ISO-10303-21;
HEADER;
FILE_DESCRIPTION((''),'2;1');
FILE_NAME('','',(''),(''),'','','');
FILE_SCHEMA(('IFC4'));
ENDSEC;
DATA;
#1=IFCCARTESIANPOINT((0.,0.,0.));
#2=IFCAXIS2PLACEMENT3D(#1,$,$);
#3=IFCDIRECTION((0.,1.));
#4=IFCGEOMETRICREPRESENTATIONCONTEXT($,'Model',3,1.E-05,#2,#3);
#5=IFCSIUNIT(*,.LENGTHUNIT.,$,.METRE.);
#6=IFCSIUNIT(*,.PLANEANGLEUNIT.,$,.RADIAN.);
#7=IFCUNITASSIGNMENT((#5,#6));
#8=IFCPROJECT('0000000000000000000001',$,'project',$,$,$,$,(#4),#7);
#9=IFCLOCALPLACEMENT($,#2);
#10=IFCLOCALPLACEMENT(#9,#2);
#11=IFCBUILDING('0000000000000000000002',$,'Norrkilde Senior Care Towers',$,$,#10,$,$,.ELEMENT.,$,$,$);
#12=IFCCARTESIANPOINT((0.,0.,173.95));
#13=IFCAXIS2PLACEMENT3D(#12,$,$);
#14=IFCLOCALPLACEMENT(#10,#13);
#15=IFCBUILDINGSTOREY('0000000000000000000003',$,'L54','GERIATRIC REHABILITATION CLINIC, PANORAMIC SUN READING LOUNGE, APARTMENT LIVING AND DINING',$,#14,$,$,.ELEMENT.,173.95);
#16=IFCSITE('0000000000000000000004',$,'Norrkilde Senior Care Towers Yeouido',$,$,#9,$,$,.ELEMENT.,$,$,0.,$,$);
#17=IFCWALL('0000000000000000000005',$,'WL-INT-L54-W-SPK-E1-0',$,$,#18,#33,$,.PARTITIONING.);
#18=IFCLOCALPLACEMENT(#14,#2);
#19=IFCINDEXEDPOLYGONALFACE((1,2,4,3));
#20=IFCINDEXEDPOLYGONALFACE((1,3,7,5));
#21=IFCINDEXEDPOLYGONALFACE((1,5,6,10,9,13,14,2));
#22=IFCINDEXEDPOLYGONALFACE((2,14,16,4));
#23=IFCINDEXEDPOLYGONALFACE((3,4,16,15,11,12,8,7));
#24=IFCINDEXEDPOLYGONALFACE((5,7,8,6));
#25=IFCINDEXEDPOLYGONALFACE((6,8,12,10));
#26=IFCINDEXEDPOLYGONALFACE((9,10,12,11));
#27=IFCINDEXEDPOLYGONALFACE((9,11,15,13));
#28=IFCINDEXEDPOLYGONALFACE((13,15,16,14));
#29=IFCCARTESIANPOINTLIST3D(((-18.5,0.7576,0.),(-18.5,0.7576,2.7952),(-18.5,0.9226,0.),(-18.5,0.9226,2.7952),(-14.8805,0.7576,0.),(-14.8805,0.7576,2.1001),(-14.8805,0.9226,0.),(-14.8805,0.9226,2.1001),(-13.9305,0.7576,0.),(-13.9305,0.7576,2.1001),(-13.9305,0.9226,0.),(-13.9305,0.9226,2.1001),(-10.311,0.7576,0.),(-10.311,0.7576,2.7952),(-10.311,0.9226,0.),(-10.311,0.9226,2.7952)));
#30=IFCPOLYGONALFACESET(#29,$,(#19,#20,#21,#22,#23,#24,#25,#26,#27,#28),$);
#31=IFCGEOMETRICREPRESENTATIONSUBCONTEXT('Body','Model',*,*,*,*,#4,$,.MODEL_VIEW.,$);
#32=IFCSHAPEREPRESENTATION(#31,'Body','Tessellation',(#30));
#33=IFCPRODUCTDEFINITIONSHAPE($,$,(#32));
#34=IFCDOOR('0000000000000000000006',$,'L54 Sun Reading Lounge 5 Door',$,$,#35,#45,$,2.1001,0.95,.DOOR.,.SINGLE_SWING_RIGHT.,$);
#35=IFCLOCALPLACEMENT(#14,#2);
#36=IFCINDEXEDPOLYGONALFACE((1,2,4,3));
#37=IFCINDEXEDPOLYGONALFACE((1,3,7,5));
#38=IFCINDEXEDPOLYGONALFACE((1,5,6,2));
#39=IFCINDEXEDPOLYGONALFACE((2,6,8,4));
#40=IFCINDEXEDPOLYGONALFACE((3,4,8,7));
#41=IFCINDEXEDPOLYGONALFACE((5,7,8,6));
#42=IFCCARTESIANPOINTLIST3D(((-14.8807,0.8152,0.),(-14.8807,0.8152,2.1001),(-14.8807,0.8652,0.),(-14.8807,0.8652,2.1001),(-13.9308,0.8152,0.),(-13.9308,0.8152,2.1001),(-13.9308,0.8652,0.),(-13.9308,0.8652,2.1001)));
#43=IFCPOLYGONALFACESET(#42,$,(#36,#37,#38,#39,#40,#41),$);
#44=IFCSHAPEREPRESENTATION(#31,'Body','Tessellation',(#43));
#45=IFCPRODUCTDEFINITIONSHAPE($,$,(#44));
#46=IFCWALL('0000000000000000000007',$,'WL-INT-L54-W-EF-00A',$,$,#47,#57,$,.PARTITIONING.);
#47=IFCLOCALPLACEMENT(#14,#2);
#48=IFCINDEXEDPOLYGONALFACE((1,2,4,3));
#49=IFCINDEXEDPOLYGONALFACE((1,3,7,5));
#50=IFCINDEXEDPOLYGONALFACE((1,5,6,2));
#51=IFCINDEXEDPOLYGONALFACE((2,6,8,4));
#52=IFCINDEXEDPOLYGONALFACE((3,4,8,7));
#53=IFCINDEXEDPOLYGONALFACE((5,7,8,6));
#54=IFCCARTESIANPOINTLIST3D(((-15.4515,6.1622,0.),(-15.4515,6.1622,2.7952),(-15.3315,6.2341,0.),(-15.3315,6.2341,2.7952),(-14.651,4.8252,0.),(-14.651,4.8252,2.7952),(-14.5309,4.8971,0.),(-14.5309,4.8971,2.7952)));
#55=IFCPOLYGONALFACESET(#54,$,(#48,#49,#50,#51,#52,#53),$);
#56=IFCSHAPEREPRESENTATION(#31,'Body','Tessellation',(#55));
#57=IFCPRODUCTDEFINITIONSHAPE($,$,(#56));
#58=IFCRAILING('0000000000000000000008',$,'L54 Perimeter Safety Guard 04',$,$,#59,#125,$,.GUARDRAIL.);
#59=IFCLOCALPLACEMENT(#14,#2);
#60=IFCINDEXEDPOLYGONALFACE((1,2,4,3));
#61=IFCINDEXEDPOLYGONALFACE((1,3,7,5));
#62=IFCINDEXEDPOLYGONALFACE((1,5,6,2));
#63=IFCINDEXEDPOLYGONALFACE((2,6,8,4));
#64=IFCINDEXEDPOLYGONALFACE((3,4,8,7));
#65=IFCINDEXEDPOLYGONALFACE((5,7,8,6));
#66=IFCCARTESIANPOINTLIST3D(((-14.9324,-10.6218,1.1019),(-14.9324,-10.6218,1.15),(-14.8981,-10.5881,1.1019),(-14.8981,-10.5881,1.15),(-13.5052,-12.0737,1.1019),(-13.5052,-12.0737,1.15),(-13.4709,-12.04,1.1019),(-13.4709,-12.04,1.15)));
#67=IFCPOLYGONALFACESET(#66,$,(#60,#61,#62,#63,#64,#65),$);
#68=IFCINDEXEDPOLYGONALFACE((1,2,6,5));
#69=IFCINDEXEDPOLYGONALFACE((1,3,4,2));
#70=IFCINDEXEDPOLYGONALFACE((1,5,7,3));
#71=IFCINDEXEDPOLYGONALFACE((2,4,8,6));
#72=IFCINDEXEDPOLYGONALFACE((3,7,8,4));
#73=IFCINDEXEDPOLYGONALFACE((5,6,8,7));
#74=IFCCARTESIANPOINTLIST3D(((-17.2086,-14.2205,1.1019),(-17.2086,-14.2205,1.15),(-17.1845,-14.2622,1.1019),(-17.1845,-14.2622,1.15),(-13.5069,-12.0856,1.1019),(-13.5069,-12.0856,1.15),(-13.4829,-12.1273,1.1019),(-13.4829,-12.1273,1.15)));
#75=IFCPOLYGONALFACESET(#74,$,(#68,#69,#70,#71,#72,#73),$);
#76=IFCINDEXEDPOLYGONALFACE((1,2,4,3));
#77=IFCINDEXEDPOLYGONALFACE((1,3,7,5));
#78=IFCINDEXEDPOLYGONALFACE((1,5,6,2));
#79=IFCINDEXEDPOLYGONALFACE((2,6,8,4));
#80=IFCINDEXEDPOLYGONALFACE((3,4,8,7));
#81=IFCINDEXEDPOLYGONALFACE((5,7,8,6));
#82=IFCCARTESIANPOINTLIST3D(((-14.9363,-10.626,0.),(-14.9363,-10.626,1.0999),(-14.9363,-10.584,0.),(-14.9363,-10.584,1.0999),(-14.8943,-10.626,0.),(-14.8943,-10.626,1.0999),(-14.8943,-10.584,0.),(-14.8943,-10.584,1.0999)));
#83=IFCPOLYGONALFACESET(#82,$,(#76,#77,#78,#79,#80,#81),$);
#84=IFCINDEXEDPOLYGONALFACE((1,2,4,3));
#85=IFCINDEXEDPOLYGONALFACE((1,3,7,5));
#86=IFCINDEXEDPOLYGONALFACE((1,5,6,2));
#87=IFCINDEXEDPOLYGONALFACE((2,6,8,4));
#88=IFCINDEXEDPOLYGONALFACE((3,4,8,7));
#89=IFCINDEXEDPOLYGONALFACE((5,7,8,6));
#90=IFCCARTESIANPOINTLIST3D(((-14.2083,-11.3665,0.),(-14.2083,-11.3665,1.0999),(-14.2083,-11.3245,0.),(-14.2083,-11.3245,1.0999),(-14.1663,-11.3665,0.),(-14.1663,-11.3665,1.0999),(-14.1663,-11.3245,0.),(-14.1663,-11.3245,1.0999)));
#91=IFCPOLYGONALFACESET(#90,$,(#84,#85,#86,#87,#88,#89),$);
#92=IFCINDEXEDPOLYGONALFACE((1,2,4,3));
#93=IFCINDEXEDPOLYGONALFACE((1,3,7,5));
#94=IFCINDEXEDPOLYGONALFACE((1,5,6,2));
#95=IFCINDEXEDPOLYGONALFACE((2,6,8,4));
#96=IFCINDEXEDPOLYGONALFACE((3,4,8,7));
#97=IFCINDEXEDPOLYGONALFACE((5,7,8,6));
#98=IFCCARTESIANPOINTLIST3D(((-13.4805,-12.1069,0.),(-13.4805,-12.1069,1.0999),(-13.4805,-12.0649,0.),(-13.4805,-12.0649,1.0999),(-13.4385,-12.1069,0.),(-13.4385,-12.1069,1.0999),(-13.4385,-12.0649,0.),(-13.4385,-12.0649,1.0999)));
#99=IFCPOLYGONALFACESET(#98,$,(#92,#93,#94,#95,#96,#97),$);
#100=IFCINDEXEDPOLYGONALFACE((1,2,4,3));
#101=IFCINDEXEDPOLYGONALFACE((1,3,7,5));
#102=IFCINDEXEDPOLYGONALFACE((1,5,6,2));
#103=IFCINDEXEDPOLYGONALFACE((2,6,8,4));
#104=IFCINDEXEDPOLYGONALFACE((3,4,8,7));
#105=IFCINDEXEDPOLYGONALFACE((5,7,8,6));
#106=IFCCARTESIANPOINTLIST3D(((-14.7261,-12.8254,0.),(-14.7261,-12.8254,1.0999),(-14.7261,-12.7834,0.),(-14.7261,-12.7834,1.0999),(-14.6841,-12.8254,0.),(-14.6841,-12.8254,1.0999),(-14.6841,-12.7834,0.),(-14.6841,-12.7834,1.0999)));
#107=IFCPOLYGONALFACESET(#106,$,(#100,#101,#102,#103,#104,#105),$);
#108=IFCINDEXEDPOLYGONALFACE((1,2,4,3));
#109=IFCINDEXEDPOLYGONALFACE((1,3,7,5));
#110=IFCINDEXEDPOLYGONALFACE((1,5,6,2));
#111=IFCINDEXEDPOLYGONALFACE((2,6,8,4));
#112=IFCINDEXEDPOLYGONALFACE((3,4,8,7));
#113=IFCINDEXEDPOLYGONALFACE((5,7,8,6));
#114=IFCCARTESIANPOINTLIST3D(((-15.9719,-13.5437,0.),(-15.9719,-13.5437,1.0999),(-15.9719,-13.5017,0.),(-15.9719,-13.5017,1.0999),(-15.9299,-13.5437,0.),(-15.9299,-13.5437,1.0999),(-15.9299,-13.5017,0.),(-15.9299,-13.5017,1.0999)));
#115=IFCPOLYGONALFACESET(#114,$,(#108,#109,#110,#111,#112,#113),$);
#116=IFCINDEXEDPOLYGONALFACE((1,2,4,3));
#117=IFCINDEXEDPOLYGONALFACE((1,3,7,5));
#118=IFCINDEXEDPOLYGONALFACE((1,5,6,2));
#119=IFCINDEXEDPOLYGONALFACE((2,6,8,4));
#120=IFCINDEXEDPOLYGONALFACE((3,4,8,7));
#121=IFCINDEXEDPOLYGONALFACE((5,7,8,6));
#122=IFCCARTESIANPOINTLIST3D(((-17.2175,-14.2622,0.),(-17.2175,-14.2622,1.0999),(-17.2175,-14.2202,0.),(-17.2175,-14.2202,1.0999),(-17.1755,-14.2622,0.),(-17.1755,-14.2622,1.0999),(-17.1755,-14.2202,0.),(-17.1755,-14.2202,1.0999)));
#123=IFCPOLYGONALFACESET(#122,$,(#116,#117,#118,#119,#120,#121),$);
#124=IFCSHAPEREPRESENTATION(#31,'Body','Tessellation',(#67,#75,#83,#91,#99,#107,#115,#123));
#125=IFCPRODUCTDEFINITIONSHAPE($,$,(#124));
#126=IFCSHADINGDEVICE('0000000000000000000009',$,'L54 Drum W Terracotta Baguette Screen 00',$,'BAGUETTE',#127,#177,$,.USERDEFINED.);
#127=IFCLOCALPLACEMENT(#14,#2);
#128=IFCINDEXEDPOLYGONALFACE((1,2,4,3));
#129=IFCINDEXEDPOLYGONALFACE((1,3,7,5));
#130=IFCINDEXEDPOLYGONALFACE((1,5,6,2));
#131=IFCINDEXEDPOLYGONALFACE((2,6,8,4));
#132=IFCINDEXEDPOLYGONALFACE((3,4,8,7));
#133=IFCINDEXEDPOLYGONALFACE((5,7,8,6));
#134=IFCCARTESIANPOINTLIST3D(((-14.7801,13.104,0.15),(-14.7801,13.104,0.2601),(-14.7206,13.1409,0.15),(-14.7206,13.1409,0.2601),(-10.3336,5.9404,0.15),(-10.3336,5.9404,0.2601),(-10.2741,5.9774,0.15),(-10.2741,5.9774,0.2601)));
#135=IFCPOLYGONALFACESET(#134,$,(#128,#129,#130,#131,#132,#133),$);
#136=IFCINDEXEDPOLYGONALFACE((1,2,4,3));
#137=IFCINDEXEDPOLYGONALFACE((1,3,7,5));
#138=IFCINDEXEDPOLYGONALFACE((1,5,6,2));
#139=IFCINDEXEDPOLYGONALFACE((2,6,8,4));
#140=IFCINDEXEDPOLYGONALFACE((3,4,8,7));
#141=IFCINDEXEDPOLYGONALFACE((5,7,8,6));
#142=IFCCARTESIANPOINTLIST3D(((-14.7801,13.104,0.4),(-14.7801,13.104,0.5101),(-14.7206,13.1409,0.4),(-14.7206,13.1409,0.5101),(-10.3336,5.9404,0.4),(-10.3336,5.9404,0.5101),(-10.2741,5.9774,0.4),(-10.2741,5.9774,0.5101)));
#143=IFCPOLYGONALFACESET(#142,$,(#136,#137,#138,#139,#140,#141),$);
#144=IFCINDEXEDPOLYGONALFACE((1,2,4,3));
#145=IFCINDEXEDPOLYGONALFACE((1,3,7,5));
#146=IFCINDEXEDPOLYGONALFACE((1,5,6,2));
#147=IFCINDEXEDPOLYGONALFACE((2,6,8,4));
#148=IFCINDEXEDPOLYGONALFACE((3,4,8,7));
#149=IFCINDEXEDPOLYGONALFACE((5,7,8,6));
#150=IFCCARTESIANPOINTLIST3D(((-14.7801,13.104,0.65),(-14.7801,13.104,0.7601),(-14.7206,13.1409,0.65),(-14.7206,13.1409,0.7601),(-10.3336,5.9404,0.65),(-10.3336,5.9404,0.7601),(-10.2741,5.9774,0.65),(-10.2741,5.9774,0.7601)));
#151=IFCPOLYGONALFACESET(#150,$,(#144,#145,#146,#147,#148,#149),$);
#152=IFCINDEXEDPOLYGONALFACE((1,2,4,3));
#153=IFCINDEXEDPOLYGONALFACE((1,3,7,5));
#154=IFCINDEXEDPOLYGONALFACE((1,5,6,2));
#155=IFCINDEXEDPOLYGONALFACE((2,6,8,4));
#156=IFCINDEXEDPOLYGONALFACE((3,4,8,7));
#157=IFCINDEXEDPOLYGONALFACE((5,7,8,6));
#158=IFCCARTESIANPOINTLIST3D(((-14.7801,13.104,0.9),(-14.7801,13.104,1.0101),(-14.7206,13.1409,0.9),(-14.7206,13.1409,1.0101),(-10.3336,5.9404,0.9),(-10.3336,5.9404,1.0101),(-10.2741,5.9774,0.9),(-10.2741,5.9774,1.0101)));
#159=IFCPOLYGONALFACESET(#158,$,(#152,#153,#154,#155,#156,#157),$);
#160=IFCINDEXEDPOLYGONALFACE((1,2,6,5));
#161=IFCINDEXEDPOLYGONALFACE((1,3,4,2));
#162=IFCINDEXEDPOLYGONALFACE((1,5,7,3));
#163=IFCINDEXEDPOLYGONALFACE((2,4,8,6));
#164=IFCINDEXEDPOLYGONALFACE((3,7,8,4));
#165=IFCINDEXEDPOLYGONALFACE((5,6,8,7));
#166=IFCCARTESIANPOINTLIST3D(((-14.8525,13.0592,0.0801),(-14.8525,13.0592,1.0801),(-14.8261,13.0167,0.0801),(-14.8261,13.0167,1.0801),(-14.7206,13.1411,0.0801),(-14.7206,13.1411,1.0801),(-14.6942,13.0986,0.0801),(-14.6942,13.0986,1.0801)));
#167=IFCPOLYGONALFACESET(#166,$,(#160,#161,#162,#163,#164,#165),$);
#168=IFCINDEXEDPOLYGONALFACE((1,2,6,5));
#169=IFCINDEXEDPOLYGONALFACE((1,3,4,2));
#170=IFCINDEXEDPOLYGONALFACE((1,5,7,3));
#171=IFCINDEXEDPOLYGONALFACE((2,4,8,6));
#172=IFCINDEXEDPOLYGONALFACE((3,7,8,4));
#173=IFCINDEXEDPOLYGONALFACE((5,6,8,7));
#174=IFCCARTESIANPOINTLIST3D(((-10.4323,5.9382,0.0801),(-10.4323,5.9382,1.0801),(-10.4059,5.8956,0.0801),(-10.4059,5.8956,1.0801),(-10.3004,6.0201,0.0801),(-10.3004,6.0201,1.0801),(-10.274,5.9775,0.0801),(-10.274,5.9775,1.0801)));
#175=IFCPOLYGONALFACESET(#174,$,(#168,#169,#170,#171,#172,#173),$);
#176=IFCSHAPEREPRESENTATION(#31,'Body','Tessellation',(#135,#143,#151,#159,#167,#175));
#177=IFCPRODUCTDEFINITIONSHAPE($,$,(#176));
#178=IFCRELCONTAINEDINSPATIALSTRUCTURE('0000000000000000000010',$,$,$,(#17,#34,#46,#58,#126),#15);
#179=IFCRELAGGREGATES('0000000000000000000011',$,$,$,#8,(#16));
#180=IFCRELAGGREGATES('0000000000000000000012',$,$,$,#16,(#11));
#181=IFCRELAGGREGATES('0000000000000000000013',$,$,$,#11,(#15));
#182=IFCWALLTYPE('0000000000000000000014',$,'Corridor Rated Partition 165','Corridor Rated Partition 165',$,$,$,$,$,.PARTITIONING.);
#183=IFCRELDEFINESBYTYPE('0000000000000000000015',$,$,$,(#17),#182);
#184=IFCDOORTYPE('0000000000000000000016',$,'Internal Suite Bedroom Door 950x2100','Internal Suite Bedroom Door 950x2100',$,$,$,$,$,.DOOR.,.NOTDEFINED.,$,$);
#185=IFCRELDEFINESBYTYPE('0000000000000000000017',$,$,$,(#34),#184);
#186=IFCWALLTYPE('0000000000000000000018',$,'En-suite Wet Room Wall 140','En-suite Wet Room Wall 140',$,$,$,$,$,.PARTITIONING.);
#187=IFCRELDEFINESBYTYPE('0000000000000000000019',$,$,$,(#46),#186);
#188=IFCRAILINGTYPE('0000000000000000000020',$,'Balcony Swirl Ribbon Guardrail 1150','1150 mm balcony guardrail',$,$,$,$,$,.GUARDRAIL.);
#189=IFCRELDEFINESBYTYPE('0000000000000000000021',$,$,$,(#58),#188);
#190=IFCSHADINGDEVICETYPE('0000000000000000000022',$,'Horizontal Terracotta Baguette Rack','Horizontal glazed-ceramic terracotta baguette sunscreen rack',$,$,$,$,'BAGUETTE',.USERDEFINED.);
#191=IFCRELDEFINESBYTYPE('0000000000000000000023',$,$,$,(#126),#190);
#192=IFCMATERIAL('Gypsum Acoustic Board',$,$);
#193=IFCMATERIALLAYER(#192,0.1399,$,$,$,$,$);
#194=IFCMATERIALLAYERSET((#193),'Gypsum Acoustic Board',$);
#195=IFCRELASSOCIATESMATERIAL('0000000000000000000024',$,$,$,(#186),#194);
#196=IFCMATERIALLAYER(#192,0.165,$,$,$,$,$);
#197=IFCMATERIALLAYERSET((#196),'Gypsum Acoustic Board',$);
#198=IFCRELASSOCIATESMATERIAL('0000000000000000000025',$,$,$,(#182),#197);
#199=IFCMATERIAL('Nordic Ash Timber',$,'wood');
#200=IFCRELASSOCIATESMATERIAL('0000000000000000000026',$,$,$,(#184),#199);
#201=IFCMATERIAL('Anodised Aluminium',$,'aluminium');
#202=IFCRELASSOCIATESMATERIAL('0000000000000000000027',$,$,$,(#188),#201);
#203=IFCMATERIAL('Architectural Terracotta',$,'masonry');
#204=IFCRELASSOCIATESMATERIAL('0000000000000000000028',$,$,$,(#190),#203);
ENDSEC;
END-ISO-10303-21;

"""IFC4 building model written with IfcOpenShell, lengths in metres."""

from ifc_helpers import new_model, si_unit, direction, frame, frame_2d, origin, origin_2d, place, context, subcontext, project, spatial, rectangle, extrude, source, transform, mapped, material, layer, layer_set, type_object, type_shapes, element, fill, save


model = new_model("IFC4")

# Units and contexts
model_context = context("Model", 3, precision=1e-05, world=origin(), true_north=direction((0.0, 1.0)))
body_context = subcontext(model_context, "Body", "Model", "MODEL_VIEW")
ifc_project = project(units=[si_unit("LENGTHUNIT", "METRE"), si_unit("PLANEANGLEUNIT", "RADIAN")], contexts=[model_context])

# Site, building, storey
site_placement = place(None, origin())
site = spatial("IfcSite", under=ifc_project, at=site_placement, Name="Norrkilde Senior Care Towers Yeouido", CompositionType="ELEMENT", RefElevation=0.0)
building_placement = place(site_placement, origin())
building = spatial("IfcBuilding", under=site, at=building_placement, Name="Norrkilde Senior Care Towers", CompositionType="ELEMENT")
storey_placement = place(building_placement, frame((0.0, 0.0, 173.95)))
storey = spatial("IfcBuildingStorey", under=building, at=storey_placement, Name="L54", Description="GERIATRIC REHABILITATION CLINIC, PANORAMIC SUN READING LOUNGE, APARTMENT LIVING AND DINING", CompositionType="ELEMENT", Elevation=173.95)

# Shared definitions
ifc_material_1 = material(Name="Anodised Aluminium", Category="aluminium")

# Shared definitions
ifc_material_2 = material(Name="Gypsum Acoustic Board")

# Shared definitions
ifc_layer_1 = layer(ifc_material_2, 0.1399)
ifc_layer_set_1 = layer_set([ifc_layer_1], Name="Gypsum Acoustic Board")
wall_type_1 = type_object("IfcWallType", Name="En-suite Wet Room Wall 140", Description="En-suite Wet Room Wall 140", PredefinedType="PARTITIONING", material=ifc_layer_set_1)
ifc_material_3 = material(Name="Nordic Ash Timber", Category="wood")

# Shared definitions
ifc_layer_2 = layer(ifc_material_2, 0.165)
ifc_layer_set_2 = layer_set([ifc_layer_2], Name="Gypsum Acoustic Board")
wall_type_2 = type_object("IfcWallType", Name="Corridor Rated Partition 165", Description="Corridor Rated Partition 165", PredefinedType="PARTITIONING", material=ifc_layer_set_2)

# Wall, opening, door
shared_shape_1 = source(origin(), body_context, "Body", "SweptSolid", [
    extrude(rectangle(XDim=8.189, YDim=0.165, at=frame_2d((4.0945, 0.0))), origin(), (0.0, 0.0, 1.0), 2.7952),
])
wall_1_placement = place(storey_placement, frame((-18.5, 0.8401, 0.0), z_axis=(0.0, 0.0, 1.0), x_axis=(1.0, 0.0, 0.0)))
wall_1 = element("IfcWall", 1, at=wall_1_placement, inside=storey, type_object=wall_type_2, Name="WL-INT-L54-W-SPK-E1-0", PredefinedType="PARTITIONING", context=body_context, shape_type="MappedRepresentation", body=[
    mapped(shared_shape_1, transform((0.0, 0.0, 0.0), x_axis=(1.0, 0.0, 0.0), y_axis=(0.0, 1.0, 0.0), z_axis=(0.0, 0.0, 1.0), scale=1.0)),
])
opening_1_placement = place(wall_1_placement, frame((3.6194, 0.0, 0.0)))
opening_1 = element("IfcOpeningElement", 2, at=opening_1_placement, cuts=wall_1, PredefinedType="OPENING", context=body_context, shape_type="SweptSolid", body=[
    extrude(rectangle(XDim=0.95, YDim=2.1001, at=frame_2d((0.4751, 1.05))), frame((0.0, 0.0925, 0.0), z_axis=(0.0, -1.0, 0.0), x_axis=(1.0, 0.0, 0.0)), (0.0, 0.0, 1.0), 0.1851),
])
door_type_1 = type_object("IfcDoorType", Name="Internal Suite Bedroom Door 950x2100", Description="Internal Suite Bedroom Door 950x2100", OperationType="NOTDEFINED", PredefinedType="DOOR", material=ifc_material_3)
shared_shape_2 = source(origin(), body_context, "Body", "SweptSolid", [
    extrude(rectangle(XDim=0.95, YDim=2.1001, at=frame_2d((0.4751, 1.05))), frame((0.0, 0.0249, 0.0), z_axis=(0.0, -1.0, 0.0), x_axis=(1.0, 0.0, 0.0)), (0.0, 0.0, 1.0), 0.05),
])
type_shapes(door_type_1, [shared_shape_2])
door_1_placement = place(opening_1_placement, frame((0.95, 0.0, 0.0), z_axis=(0.0, 0.0, 1.0), x_axis=(-1.0, 0.0, 0.0)))
door_1 = element("IfcDoor", 3, at=door_1_placement, inside=storey, type_object=door_type_1, Name="L54 Sun Reading Lounge 5 Door", OperationType="SINGLE_SWING_RIGHT", OverallHeight=2.1001, OverallWidth=0.95, PredefinedType="DOOR", context=body_context, shape_type="MappedRepresentation", body=[
    mapped(shared_shape_2, transform((0.0, 0.0, 0.0), x_axis=(1.0, 0.0, 0.0), y_axis=(0.0, 1.0, 0.0), z_axis=(0.0, 0.0, 1.0), scale=1.0)),
])
fill(opening_1, door_1)

# Wall
shared_shape_3 = source(origin(), body_context, "Body", "SweptSolid", [
    extrude(rectangle(XDim=1.5583, YDim=0.1399, at=frame_2d((0.7793, 0.0))), origin(), (0.0, 0.0, 1.0), 2.7952),
])
wall_2_placement = place(storey_placement, frame((-15.3916, 6.1982, 0.0), z_axis=(0.0, 0.0, 1.0), x_axis=(0.513735, -0.857949, 0.0)))
element("IfcWall", 4, at=wall_2_placement, inside=storey, type_object=wall_type_1, Name="WL-INT-L54-W-EF-00A", PredefinedType="PARTITIONING", context=body_context, shape_type="MappedRepresentation", body=[
    mapped(shared_shape_3, transform((0.0, 0.0, 0.0), x_axis=(1.0, 0.0, 0.0), y_axis=(0.0, 1.0, 0.0), z_axis=(0.0, 0.0, 1.0), scale=1.0)),
])

# Railing
railing_type = type_object("IfcRailingType", Name="Balcony Swirl Ribbon Guardrail 1150", Description="1150 mm balcony guardrail", PredefinedType="GUARDRAIL", material=ifc_material_1)
railing_1_placement = place(storey_placement, frame((-14.9153, -10.605, 0.0)))
element("IfcRailing", 5, at=railing_1_placement, inside=storey, type_object=railing_type, Name="L54 Perimeter Safety Guard 04", PredefinedType="GUARDRAIL", context=body_context, shape_type="SweptSolid", body=[
    extrude(rectangle(XDim=0.0481, YDim=0.0481, at=origin_2d()), frame((0.0, 0.0, 1.126), z_axis=(0.701026, -0.713135, 0.0), x_axis=(0.713135, 0.701026, 0.0)), (0.0, 0.0, 1.0), 2.0359),
    extrude(rectangle(XDim=0.0481, YDim=0.0481, at=origin_2d()), frame((1.4204, -1.5015, 1.126), z_axis=(-0.866258, -0.499597, 0.0), x_axis=(0.499597, -0.866258, 0.0)), (0.0, 0.0, 1.0), 4.2732),
    extrude(rectangle(XDim=0.042, YDim=0.042, at=origin_2d()), origin(), (0.0, 0.0, 1.0), 1.0999),
    extrude(rectangle(XDim=0.042, YDim=0.042, at=origin_2d()), frame((0.728, -0.7405, 0.0)), (0.0, 0.0, 1.0), 1.0999),
    extrude(rectangle(XDim=0.042, YDim=0.042, at=origin_2d()), frame((1.4558, -1.481, 0.0)), (0.0, 0.0, 1.0), 1.0999),
    extrude(rectangle(XDim=0.042, YDim=0.042, at=origin_2d()), frame((0.2102, -2.1995, 0.0)), (0.0, 0.0, 1.0), 1.0999),
    extrude(rectangle(XDim=0.042, YDim=0.042, at=origin_2d()), frame((-1.0356, -2.9177, 0.0)), (0.0, 0.0, 1.0), 1.0999),
    extrude(rectangle(XDim=0.042, YDim=0.042, at=origin_2d()), frame((-2.2812, -3.6362, 0.0)), (0.0, 0.0, 1.0), 1.0999),
])

# Shading device
ifc_material_4 = material(Name="Architectural Terracotta", Category="masonry")
shading_device_type = type_object("IfcShadingDeviceType", Name="Horizontal Terracotta Baguette Rack", Description="Horizontal glazed-ceramic terracotta baguette sunscreen rack", ElementType="BAGUETTE", PredefinedType="USERDEFINED", material=ifc_material_4)
shared_shape_4 = source(origin(), body_context, "Body", "SweptSolid", [
    extrude(rectangle(XDim=0.0701, YDim=0.1101, at=origin_2d()), frame((0.0, 0.0901, 0.125), z_axis=(1.0, 0.0, 0.0), x_axis=(0.0, 1.0, 0.0)), (0.0, 0.0, 1.0), 8.4314),
    extrude(rectangle(XDim=0.0701, YDim=0.1101, at=origin_2d()), frame((0.0, 0.0901, 0.375), z_axis=(1.0, 0.0, 0.0), x_axis=(0.0, 1.0, 0.0)), (0.0, 0.0, 1.0), 8.4314),
    extrude(rectangle(XDim=0.0701, YDim=0.1101, at=origin_2d()), frame((0.0, 0.0901, 0.625), z_axis=(1.0, 0.0, 0.0), x_axis=(0.0, 1.0, 0.0)), (0.0, 0.0, 1.0), 8.4314),
    extrude(rectangle(XDim=0.0701, YDim=0.1101, at=origin_2d()), frame((0.0, 0.0901, 0.875), z_axis=(1.0, 0.0, 0.0), x_axis=(0.0, 1.0, 0.0)), (0.0, 0.0, 1.0), 8.4314),
    extrude(rectangle(XDim=0.05, YDim=0.1553, at=origin_2d()), frame((0.0249, 0.0476, 0.0)), (0.0, 0.0, 1.0), 1.0),
    extrude(rectangle(XDim=0.05, YDim=0.1553, at=origin_2d()), frame((8.4062, 0.0476, 0.0)), (0.0, 0.0, 1.0), 1.0),
])
type_shapes(shading_device_type, [shared_shape_4])
shading_device_placement = place(storey_placement, frame((-14.8269, 13.075, 0.0801), z_axis=(0.0, 0.0, 1.0), x_axis=(0.527378, -0.849631, 0.0)))
element("IfcShadingDevice", 6, at=shading_device_placement, inside=storey, type_object=shading_device_type, Name="L54 Drum W Terracotta Baguette Screen 00", ObjectType="BAGUETTE", PredefinedType="USERDEFINED", context=body_context, shape_type="MappedRepresentation", body=[
    mapped(shared_shape_4, transform((0.0, 0.0, 0.0), x_axis=(1.0, 0.0, 0.0), y_axis=(0.0, 1.0, 0.0), z_axis=(0.0, 0.0, 1.0), scale=1.0)),
])

save(model, "model.ifc")
